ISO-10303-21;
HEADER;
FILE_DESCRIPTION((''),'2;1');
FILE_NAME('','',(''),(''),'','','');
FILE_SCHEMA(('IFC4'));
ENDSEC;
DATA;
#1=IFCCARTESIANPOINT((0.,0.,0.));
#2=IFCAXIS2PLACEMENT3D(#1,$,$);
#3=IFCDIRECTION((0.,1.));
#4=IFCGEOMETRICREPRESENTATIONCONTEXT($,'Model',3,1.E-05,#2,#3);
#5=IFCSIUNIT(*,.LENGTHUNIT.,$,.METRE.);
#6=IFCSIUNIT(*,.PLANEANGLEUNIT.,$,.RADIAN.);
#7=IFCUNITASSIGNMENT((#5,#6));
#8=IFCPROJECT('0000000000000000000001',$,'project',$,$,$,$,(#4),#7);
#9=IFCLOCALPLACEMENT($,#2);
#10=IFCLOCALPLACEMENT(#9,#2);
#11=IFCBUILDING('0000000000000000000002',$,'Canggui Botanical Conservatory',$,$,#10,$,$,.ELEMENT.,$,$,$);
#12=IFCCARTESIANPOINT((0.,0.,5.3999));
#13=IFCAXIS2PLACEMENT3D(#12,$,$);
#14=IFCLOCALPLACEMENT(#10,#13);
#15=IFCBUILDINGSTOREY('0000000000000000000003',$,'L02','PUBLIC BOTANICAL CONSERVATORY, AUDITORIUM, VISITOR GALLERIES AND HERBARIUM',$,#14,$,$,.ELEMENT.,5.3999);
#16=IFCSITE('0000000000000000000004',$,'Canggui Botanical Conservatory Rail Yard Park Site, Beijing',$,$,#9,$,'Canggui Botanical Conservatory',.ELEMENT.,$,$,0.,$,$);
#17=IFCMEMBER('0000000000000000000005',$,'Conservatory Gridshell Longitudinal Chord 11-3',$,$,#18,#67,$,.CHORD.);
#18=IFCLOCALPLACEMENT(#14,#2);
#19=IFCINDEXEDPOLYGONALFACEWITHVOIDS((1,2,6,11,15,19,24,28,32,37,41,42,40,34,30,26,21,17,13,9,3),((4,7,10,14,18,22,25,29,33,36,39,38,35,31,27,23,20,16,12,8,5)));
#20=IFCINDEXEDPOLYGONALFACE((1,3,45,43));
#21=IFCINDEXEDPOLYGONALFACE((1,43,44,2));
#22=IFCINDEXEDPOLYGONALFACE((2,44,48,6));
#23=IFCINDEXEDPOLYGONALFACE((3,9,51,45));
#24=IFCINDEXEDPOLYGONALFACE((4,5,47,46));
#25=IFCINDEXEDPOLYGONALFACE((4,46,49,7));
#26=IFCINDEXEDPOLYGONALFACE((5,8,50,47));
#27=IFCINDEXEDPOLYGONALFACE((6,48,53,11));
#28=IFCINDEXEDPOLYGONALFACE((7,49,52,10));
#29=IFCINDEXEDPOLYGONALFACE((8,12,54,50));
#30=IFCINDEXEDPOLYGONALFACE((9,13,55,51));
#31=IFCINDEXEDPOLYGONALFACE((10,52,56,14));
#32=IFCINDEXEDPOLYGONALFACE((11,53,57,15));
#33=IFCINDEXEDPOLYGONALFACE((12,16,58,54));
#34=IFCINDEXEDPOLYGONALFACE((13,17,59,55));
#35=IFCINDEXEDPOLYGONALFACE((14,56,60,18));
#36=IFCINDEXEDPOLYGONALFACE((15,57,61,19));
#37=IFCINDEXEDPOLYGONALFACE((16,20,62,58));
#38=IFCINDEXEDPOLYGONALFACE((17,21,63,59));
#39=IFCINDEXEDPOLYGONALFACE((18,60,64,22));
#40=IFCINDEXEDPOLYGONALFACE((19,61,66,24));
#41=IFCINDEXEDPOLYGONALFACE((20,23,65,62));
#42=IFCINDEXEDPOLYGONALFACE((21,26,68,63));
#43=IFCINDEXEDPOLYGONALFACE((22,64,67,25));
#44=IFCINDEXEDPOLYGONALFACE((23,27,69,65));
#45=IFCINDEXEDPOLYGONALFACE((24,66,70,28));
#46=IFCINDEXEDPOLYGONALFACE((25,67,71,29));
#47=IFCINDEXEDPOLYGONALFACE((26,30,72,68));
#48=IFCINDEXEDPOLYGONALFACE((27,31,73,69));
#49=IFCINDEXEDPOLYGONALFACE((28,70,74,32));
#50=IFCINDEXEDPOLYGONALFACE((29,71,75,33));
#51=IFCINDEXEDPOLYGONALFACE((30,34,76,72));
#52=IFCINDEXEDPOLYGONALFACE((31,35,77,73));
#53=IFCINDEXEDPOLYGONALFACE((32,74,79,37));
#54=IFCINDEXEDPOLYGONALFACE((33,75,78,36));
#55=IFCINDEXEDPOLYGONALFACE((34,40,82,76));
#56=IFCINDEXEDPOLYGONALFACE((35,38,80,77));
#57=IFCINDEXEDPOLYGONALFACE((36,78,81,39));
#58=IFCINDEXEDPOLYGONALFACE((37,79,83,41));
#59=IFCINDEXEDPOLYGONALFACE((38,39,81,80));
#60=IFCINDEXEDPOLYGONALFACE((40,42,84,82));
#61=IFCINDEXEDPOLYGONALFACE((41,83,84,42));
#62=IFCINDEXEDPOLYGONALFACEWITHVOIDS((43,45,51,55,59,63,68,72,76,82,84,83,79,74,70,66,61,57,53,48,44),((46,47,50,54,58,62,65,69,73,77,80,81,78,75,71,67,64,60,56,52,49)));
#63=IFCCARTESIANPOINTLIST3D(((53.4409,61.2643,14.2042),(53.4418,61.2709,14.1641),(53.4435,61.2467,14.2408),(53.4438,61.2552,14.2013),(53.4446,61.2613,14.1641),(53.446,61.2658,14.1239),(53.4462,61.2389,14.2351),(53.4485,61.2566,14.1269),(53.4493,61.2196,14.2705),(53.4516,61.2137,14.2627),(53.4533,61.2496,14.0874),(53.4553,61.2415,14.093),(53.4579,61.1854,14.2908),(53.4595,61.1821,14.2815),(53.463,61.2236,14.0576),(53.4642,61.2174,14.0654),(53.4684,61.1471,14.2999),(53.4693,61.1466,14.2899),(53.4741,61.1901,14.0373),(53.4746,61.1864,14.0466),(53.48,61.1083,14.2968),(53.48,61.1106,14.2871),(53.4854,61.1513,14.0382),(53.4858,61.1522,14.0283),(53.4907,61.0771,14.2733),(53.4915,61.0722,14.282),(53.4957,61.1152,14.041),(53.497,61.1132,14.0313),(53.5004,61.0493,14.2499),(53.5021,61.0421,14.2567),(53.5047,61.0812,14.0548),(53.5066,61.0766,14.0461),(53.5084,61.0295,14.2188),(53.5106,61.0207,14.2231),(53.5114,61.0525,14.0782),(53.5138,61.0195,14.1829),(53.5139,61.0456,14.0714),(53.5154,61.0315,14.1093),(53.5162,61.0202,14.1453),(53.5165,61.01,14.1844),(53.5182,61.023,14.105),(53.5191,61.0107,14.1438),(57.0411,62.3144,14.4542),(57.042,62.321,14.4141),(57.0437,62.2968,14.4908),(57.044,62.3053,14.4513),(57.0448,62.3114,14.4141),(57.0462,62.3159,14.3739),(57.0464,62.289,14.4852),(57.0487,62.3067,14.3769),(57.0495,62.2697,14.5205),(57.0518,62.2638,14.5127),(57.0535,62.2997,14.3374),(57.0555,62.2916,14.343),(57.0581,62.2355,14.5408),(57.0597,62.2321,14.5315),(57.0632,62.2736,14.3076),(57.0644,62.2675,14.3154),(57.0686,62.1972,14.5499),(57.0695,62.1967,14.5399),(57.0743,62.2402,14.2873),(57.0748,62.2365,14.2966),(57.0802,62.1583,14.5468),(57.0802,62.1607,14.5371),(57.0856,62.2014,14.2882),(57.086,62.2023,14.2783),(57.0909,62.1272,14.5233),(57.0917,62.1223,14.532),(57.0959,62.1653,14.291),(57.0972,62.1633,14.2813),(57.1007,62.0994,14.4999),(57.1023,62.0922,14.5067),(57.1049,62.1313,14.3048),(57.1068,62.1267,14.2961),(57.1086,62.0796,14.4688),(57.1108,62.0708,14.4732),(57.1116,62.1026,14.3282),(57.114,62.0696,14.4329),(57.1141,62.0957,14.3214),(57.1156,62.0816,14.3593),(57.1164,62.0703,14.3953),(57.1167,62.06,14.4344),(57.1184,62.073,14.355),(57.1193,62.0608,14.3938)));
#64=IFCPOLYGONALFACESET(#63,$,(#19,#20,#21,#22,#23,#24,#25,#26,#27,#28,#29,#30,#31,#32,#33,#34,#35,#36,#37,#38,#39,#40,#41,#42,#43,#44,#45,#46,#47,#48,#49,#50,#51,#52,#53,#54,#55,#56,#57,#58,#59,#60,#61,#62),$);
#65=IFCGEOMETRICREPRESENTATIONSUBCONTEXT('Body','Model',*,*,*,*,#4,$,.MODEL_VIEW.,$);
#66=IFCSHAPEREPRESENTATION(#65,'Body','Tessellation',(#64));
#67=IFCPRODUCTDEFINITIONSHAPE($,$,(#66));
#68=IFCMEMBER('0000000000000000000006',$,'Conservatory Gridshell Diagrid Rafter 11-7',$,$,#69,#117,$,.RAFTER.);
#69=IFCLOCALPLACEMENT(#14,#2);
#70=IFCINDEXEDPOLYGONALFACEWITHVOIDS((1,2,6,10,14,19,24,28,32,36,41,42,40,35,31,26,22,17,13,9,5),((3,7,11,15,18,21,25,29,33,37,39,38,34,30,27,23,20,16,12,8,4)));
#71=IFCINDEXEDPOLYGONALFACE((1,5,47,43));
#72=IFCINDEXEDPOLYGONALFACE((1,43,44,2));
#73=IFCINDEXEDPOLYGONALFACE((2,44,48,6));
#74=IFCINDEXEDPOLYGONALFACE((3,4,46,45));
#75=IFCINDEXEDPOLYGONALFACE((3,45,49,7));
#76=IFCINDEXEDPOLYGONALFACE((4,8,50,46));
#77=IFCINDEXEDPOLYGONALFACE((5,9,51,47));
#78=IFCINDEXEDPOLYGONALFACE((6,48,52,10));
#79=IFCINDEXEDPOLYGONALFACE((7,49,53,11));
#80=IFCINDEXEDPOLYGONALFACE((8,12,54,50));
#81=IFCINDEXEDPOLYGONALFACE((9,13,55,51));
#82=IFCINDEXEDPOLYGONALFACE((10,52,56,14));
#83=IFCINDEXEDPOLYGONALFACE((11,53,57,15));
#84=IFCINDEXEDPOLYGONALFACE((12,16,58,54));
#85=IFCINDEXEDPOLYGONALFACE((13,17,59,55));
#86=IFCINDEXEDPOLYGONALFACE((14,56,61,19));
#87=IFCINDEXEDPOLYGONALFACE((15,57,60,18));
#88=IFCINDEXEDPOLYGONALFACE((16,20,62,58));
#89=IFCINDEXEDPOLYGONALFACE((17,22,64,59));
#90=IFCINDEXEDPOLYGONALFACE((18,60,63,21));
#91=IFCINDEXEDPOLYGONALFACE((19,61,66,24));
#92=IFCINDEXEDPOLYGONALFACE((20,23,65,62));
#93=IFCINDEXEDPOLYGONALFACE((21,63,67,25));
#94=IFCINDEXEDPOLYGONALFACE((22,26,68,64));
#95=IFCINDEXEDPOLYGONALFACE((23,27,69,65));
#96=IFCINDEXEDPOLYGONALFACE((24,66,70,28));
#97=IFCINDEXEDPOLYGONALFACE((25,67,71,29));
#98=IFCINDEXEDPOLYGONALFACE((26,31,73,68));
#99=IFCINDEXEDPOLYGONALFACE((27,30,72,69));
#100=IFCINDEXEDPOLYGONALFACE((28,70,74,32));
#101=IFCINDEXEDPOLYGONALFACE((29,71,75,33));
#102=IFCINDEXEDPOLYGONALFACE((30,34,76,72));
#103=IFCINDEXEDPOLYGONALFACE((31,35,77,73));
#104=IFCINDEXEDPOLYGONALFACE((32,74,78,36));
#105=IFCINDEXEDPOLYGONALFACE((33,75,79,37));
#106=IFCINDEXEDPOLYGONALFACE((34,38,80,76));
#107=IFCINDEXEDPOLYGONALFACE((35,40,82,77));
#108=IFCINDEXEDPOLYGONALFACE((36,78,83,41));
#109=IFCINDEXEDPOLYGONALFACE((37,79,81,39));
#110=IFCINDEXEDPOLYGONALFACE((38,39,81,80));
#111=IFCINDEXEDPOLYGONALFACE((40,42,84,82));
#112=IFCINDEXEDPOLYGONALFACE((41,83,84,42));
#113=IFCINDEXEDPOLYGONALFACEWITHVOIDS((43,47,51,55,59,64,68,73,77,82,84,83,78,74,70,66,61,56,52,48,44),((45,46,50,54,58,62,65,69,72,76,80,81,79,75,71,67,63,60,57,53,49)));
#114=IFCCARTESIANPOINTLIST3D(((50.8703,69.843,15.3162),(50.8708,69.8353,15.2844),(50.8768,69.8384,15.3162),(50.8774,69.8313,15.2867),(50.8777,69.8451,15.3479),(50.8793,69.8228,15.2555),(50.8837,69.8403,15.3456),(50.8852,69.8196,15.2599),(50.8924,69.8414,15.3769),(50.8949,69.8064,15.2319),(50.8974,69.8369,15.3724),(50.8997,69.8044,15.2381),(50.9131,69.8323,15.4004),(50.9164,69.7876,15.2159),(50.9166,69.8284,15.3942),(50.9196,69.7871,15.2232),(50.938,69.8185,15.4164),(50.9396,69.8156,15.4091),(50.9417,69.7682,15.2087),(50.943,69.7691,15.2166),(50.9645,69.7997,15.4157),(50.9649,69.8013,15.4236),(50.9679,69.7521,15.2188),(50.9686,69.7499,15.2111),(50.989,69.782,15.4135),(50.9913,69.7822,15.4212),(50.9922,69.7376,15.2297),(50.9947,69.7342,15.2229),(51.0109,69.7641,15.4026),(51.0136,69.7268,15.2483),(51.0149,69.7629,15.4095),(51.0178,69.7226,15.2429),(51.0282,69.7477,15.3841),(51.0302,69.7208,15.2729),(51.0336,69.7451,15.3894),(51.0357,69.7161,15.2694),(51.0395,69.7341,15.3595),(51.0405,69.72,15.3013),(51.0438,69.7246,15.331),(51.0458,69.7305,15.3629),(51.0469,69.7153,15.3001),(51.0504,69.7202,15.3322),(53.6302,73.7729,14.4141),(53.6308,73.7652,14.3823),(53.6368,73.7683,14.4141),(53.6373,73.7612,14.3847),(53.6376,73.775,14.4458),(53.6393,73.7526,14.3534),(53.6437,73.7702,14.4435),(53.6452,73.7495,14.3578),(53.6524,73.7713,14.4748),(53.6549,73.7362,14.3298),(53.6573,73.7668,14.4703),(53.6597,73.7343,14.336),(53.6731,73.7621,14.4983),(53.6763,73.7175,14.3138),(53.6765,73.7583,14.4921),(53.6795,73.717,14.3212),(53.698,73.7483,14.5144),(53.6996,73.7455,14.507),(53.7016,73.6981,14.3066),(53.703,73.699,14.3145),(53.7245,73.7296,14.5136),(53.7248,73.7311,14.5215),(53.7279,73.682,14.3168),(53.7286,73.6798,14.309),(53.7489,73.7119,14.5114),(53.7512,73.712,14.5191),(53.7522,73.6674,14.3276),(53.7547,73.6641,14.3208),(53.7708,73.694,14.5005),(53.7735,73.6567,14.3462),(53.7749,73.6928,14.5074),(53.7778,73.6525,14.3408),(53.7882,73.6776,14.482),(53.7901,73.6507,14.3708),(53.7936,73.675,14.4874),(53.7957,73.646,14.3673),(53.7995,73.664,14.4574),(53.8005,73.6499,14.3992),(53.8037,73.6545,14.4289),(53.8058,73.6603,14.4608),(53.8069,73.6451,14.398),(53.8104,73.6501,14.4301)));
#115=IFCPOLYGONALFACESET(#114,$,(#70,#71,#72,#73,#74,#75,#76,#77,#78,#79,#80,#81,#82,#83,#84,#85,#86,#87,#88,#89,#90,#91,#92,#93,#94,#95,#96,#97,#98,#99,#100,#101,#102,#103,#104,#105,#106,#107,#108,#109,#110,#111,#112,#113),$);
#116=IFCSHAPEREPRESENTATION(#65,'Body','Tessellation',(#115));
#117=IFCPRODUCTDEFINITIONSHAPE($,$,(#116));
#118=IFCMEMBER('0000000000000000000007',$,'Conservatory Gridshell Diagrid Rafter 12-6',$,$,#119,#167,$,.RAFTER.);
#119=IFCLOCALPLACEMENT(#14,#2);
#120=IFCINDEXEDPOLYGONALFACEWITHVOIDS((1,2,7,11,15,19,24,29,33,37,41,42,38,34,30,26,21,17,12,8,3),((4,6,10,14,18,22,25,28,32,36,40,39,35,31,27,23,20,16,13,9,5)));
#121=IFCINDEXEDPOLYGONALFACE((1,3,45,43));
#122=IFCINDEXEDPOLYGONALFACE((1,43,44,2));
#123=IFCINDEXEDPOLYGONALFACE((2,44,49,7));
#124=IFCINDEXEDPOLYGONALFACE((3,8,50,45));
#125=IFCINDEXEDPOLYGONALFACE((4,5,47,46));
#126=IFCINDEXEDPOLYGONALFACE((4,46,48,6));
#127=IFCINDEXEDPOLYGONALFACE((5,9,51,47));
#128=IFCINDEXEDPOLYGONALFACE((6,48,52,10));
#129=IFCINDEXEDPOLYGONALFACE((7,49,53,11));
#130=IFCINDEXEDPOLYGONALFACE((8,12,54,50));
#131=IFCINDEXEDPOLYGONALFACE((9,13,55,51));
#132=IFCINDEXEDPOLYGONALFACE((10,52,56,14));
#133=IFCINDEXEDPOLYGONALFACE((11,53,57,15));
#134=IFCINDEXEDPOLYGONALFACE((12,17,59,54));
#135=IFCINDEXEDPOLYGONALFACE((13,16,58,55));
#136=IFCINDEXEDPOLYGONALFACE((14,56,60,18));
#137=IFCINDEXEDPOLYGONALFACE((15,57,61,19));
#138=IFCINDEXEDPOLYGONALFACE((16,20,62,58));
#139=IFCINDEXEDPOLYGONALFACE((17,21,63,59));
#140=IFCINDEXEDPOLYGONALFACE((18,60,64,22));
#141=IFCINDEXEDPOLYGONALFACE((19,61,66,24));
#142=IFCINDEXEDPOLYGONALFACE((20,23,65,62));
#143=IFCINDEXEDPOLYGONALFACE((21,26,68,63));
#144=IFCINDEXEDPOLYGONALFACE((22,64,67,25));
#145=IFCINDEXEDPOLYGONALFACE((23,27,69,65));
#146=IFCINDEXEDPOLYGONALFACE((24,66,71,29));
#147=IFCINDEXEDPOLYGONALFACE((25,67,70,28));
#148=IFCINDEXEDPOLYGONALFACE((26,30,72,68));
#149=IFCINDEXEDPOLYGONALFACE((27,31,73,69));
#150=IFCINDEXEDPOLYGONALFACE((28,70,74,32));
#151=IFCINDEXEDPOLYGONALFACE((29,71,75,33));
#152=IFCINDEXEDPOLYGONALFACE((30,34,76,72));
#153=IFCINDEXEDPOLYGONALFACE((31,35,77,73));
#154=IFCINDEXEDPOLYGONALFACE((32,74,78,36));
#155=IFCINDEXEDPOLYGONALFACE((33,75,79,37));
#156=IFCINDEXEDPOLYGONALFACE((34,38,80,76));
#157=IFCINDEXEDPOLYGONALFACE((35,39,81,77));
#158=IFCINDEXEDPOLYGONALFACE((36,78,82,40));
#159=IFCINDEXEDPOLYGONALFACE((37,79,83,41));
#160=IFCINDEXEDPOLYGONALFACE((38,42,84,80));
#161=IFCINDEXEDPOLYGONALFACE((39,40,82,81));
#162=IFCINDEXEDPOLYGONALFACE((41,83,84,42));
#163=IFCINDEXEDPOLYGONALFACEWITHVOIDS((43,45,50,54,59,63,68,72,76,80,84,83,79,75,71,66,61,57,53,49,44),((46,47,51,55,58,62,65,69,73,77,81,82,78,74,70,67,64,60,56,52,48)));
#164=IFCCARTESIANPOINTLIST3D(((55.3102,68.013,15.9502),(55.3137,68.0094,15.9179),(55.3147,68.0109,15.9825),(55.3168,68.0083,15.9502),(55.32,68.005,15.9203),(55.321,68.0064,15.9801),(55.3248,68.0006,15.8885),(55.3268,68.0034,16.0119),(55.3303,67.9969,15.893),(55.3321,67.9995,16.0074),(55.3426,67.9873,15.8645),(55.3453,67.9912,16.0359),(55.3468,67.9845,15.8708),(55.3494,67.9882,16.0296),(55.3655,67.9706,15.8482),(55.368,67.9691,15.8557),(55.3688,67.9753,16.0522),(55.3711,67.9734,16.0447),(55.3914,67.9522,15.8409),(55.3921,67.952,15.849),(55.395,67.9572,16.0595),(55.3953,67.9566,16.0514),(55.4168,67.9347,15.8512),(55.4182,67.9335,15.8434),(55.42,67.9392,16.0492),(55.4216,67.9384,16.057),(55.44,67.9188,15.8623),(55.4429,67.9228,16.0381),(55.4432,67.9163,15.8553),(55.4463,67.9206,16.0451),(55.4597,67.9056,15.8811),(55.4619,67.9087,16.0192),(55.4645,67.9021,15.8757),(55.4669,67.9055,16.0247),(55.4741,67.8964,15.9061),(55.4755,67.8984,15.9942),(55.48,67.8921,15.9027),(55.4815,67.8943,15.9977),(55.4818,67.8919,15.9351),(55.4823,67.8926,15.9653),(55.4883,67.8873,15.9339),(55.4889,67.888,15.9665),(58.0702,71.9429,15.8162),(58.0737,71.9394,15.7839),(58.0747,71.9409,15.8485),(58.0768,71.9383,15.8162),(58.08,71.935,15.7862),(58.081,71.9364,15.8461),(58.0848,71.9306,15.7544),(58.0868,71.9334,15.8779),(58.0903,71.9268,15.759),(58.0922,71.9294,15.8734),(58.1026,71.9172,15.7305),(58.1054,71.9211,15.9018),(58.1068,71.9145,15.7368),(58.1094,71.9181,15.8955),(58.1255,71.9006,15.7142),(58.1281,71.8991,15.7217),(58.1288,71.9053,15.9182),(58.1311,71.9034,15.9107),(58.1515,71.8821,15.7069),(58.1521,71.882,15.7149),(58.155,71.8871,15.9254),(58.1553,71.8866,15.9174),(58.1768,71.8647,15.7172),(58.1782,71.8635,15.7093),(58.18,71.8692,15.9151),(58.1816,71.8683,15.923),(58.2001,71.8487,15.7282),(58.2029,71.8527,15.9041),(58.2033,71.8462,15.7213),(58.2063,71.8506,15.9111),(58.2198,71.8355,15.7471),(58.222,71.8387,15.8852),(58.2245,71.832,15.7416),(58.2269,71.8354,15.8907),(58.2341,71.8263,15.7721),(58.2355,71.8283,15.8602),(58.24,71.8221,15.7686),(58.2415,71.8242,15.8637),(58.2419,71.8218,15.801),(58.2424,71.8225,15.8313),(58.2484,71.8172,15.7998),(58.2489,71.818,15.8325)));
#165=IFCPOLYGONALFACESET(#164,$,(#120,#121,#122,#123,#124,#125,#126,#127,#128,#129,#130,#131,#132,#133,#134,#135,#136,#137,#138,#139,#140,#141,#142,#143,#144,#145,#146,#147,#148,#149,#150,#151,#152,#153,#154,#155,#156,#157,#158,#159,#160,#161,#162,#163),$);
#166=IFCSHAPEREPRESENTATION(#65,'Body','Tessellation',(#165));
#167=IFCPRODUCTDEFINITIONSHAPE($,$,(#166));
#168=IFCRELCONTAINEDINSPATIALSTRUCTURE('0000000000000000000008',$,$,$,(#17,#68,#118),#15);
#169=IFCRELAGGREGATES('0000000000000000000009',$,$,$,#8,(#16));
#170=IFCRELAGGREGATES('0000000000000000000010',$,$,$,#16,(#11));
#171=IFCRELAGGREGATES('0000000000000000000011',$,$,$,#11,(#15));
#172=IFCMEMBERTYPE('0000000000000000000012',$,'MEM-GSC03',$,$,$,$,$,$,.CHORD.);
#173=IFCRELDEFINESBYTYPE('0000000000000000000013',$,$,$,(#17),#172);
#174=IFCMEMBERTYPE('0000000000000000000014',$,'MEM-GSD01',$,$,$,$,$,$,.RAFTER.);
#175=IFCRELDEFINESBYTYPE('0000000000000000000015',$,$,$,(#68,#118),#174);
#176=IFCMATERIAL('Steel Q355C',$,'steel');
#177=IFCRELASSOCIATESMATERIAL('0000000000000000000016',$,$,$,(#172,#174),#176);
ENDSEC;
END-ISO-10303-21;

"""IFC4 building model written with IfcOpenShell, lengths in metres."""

from ifc_helpers import new_model, si_unit, direction, frame, origin, origin_2d, place, context, subcontext, project, spatial, hollow_circle, extrude, material, material_profile, profile_set, type_object, element, save


model = new_model("IFC4")

# Units and contexts
model_context = context("Model", 3, precision=1e-05, world=origin(), true_north=direction((0.0, 1.0)))
body_context = subcontext(model_context, "Body", "Model", "MODEL_VIEW")
ifc_project = project(units=[si_unit("LENGTHUNIT", "METRE"), si_unit("PLANEANGLEUNIT", "RADIAN")], contexts=[model_context])

# Site, building, storey
site_placement = place(None, origin())
site = spatial("IfcSite", under=ifc_project, at=site_placement, Name="Canggui Botanical Conservatory Rail Yard Park Site, Beijing", LongName="Canggui Botanical Conservatory", CompositionType="ELEMENT", RefElevation=0.0)
building_placement = place(site_placement, origin())
building = spatial("IfcBuilding", under=site, at=building_placement, Name="Canggui Botanical Conservatory", CompositionType="ELEMENT")
storey_placement = place(building_placement, frame((0.0, 0.0, 5.3999)))
storey = spatial("IfcBuildingStorey", under=building, at=storey_placement, Name="L02", Description="PUBLIC BOTANICAL CONSERVATORY, AUDITORIUM, VISITOR GALLERIES AND HERBARIUM", CompositionType="ELEMENT", Elevation=5.3999)

# Shared definitions
ifc_material_1 = material(Name="Steel Q355C", Category="steel")

# Members
ifc_material_profile_1 = material_profile(ifc_material_1, hollow_circle(Radius=0.1365, WallThickness=0.01, at=origin_2d()), Name="CHS 273x10")
ifc_profile_set_1 = profile_set([ifc_material_profile_1], Name="Steel Q355C")
member_type_1 = type_object("IfcMemberType", Name="MEM-GSC03", PredefinedType="CHORD", material=ifc_profile_set_1)
member_1_placement = place(storey_placement, frame((53.48, 61.1399, 14.1641), z_axis=(0.957872, 0.279385, 0.066517), x_axis=(-0.280005, 0.959999, 0.0)))
element("IfcMember", 1, at=member_1_placement, inside=storey, type_object=member_type_1, Name="Conservatory Gridshell Longitudinal Chord 11-3", PredefinedType="CHORD", context=body_context, shape_type="SweptSolid", body=[
    extrude(hollow_circle(Radius=0.1365, WallThickness=0.01, at=origin_2d()), origin(), (0.0, 0.0, 1.0), 3.7585),
])
ifc_material_profile_2 = material_profile(ifc_material_1, hollow_circle(Radius=0.1096, WallThickness=0.0081, at=origin_2d()), Name="CHS 219x8")
ifc_profile_set_2 = profile_set([ifc_material_profile_2], Name="Steel Q355C")
member_type_2 = type_object("IfcMemberType", Name="MEM-GSD01", PredefinedType="RAFTER", material=ifc_profile_set_2)
member_2_placement = place(storey_placement, frame((50.96, 69.78, 15.3162), z_axis=(0.564848, 0.804278, -0.184619), x_axis=(-0.818345, 0.574728, 0.0)))
element("IfcMember", 2, at=member_2_placement, inside=storey, type_object=member_type_2, Name="Conservatory Gridshell Diagrid Rafter 11-7", PredefinedType="RAFTER", context=body_context, shape_type="SweptSolid", body=[
    extrude(hollow_circle(Radius=0.1096, WallThickness=0.0081, at=origin_2d()), origin(), (0.0, 0.0, 1.0), 4.8862),
])
member_3_placement = place(storey_placement, frame((55.3999, 67.95, 15.9502), z_axis=(0.574504, 0.818026, -0.027899), x_axis=(-0.818345, 0.574728, 0.0)))
element("IfcMember", 3, at=member_3_placement, inside=storey, type_object=member_type_2, Name="Conservatory Gridshell Diagrid Rafter 12-6", PredefinedType="RAFTER", context=body_context, shape_type="SweptSolid", body=[
    extrude(hollow_circle(Radius=0.1096, WallThickness=0.0081, at=origin_2d()), origin(), (0.0, 0.0, 1.0), 4.8042),
])

save(model, "model.ifc")
